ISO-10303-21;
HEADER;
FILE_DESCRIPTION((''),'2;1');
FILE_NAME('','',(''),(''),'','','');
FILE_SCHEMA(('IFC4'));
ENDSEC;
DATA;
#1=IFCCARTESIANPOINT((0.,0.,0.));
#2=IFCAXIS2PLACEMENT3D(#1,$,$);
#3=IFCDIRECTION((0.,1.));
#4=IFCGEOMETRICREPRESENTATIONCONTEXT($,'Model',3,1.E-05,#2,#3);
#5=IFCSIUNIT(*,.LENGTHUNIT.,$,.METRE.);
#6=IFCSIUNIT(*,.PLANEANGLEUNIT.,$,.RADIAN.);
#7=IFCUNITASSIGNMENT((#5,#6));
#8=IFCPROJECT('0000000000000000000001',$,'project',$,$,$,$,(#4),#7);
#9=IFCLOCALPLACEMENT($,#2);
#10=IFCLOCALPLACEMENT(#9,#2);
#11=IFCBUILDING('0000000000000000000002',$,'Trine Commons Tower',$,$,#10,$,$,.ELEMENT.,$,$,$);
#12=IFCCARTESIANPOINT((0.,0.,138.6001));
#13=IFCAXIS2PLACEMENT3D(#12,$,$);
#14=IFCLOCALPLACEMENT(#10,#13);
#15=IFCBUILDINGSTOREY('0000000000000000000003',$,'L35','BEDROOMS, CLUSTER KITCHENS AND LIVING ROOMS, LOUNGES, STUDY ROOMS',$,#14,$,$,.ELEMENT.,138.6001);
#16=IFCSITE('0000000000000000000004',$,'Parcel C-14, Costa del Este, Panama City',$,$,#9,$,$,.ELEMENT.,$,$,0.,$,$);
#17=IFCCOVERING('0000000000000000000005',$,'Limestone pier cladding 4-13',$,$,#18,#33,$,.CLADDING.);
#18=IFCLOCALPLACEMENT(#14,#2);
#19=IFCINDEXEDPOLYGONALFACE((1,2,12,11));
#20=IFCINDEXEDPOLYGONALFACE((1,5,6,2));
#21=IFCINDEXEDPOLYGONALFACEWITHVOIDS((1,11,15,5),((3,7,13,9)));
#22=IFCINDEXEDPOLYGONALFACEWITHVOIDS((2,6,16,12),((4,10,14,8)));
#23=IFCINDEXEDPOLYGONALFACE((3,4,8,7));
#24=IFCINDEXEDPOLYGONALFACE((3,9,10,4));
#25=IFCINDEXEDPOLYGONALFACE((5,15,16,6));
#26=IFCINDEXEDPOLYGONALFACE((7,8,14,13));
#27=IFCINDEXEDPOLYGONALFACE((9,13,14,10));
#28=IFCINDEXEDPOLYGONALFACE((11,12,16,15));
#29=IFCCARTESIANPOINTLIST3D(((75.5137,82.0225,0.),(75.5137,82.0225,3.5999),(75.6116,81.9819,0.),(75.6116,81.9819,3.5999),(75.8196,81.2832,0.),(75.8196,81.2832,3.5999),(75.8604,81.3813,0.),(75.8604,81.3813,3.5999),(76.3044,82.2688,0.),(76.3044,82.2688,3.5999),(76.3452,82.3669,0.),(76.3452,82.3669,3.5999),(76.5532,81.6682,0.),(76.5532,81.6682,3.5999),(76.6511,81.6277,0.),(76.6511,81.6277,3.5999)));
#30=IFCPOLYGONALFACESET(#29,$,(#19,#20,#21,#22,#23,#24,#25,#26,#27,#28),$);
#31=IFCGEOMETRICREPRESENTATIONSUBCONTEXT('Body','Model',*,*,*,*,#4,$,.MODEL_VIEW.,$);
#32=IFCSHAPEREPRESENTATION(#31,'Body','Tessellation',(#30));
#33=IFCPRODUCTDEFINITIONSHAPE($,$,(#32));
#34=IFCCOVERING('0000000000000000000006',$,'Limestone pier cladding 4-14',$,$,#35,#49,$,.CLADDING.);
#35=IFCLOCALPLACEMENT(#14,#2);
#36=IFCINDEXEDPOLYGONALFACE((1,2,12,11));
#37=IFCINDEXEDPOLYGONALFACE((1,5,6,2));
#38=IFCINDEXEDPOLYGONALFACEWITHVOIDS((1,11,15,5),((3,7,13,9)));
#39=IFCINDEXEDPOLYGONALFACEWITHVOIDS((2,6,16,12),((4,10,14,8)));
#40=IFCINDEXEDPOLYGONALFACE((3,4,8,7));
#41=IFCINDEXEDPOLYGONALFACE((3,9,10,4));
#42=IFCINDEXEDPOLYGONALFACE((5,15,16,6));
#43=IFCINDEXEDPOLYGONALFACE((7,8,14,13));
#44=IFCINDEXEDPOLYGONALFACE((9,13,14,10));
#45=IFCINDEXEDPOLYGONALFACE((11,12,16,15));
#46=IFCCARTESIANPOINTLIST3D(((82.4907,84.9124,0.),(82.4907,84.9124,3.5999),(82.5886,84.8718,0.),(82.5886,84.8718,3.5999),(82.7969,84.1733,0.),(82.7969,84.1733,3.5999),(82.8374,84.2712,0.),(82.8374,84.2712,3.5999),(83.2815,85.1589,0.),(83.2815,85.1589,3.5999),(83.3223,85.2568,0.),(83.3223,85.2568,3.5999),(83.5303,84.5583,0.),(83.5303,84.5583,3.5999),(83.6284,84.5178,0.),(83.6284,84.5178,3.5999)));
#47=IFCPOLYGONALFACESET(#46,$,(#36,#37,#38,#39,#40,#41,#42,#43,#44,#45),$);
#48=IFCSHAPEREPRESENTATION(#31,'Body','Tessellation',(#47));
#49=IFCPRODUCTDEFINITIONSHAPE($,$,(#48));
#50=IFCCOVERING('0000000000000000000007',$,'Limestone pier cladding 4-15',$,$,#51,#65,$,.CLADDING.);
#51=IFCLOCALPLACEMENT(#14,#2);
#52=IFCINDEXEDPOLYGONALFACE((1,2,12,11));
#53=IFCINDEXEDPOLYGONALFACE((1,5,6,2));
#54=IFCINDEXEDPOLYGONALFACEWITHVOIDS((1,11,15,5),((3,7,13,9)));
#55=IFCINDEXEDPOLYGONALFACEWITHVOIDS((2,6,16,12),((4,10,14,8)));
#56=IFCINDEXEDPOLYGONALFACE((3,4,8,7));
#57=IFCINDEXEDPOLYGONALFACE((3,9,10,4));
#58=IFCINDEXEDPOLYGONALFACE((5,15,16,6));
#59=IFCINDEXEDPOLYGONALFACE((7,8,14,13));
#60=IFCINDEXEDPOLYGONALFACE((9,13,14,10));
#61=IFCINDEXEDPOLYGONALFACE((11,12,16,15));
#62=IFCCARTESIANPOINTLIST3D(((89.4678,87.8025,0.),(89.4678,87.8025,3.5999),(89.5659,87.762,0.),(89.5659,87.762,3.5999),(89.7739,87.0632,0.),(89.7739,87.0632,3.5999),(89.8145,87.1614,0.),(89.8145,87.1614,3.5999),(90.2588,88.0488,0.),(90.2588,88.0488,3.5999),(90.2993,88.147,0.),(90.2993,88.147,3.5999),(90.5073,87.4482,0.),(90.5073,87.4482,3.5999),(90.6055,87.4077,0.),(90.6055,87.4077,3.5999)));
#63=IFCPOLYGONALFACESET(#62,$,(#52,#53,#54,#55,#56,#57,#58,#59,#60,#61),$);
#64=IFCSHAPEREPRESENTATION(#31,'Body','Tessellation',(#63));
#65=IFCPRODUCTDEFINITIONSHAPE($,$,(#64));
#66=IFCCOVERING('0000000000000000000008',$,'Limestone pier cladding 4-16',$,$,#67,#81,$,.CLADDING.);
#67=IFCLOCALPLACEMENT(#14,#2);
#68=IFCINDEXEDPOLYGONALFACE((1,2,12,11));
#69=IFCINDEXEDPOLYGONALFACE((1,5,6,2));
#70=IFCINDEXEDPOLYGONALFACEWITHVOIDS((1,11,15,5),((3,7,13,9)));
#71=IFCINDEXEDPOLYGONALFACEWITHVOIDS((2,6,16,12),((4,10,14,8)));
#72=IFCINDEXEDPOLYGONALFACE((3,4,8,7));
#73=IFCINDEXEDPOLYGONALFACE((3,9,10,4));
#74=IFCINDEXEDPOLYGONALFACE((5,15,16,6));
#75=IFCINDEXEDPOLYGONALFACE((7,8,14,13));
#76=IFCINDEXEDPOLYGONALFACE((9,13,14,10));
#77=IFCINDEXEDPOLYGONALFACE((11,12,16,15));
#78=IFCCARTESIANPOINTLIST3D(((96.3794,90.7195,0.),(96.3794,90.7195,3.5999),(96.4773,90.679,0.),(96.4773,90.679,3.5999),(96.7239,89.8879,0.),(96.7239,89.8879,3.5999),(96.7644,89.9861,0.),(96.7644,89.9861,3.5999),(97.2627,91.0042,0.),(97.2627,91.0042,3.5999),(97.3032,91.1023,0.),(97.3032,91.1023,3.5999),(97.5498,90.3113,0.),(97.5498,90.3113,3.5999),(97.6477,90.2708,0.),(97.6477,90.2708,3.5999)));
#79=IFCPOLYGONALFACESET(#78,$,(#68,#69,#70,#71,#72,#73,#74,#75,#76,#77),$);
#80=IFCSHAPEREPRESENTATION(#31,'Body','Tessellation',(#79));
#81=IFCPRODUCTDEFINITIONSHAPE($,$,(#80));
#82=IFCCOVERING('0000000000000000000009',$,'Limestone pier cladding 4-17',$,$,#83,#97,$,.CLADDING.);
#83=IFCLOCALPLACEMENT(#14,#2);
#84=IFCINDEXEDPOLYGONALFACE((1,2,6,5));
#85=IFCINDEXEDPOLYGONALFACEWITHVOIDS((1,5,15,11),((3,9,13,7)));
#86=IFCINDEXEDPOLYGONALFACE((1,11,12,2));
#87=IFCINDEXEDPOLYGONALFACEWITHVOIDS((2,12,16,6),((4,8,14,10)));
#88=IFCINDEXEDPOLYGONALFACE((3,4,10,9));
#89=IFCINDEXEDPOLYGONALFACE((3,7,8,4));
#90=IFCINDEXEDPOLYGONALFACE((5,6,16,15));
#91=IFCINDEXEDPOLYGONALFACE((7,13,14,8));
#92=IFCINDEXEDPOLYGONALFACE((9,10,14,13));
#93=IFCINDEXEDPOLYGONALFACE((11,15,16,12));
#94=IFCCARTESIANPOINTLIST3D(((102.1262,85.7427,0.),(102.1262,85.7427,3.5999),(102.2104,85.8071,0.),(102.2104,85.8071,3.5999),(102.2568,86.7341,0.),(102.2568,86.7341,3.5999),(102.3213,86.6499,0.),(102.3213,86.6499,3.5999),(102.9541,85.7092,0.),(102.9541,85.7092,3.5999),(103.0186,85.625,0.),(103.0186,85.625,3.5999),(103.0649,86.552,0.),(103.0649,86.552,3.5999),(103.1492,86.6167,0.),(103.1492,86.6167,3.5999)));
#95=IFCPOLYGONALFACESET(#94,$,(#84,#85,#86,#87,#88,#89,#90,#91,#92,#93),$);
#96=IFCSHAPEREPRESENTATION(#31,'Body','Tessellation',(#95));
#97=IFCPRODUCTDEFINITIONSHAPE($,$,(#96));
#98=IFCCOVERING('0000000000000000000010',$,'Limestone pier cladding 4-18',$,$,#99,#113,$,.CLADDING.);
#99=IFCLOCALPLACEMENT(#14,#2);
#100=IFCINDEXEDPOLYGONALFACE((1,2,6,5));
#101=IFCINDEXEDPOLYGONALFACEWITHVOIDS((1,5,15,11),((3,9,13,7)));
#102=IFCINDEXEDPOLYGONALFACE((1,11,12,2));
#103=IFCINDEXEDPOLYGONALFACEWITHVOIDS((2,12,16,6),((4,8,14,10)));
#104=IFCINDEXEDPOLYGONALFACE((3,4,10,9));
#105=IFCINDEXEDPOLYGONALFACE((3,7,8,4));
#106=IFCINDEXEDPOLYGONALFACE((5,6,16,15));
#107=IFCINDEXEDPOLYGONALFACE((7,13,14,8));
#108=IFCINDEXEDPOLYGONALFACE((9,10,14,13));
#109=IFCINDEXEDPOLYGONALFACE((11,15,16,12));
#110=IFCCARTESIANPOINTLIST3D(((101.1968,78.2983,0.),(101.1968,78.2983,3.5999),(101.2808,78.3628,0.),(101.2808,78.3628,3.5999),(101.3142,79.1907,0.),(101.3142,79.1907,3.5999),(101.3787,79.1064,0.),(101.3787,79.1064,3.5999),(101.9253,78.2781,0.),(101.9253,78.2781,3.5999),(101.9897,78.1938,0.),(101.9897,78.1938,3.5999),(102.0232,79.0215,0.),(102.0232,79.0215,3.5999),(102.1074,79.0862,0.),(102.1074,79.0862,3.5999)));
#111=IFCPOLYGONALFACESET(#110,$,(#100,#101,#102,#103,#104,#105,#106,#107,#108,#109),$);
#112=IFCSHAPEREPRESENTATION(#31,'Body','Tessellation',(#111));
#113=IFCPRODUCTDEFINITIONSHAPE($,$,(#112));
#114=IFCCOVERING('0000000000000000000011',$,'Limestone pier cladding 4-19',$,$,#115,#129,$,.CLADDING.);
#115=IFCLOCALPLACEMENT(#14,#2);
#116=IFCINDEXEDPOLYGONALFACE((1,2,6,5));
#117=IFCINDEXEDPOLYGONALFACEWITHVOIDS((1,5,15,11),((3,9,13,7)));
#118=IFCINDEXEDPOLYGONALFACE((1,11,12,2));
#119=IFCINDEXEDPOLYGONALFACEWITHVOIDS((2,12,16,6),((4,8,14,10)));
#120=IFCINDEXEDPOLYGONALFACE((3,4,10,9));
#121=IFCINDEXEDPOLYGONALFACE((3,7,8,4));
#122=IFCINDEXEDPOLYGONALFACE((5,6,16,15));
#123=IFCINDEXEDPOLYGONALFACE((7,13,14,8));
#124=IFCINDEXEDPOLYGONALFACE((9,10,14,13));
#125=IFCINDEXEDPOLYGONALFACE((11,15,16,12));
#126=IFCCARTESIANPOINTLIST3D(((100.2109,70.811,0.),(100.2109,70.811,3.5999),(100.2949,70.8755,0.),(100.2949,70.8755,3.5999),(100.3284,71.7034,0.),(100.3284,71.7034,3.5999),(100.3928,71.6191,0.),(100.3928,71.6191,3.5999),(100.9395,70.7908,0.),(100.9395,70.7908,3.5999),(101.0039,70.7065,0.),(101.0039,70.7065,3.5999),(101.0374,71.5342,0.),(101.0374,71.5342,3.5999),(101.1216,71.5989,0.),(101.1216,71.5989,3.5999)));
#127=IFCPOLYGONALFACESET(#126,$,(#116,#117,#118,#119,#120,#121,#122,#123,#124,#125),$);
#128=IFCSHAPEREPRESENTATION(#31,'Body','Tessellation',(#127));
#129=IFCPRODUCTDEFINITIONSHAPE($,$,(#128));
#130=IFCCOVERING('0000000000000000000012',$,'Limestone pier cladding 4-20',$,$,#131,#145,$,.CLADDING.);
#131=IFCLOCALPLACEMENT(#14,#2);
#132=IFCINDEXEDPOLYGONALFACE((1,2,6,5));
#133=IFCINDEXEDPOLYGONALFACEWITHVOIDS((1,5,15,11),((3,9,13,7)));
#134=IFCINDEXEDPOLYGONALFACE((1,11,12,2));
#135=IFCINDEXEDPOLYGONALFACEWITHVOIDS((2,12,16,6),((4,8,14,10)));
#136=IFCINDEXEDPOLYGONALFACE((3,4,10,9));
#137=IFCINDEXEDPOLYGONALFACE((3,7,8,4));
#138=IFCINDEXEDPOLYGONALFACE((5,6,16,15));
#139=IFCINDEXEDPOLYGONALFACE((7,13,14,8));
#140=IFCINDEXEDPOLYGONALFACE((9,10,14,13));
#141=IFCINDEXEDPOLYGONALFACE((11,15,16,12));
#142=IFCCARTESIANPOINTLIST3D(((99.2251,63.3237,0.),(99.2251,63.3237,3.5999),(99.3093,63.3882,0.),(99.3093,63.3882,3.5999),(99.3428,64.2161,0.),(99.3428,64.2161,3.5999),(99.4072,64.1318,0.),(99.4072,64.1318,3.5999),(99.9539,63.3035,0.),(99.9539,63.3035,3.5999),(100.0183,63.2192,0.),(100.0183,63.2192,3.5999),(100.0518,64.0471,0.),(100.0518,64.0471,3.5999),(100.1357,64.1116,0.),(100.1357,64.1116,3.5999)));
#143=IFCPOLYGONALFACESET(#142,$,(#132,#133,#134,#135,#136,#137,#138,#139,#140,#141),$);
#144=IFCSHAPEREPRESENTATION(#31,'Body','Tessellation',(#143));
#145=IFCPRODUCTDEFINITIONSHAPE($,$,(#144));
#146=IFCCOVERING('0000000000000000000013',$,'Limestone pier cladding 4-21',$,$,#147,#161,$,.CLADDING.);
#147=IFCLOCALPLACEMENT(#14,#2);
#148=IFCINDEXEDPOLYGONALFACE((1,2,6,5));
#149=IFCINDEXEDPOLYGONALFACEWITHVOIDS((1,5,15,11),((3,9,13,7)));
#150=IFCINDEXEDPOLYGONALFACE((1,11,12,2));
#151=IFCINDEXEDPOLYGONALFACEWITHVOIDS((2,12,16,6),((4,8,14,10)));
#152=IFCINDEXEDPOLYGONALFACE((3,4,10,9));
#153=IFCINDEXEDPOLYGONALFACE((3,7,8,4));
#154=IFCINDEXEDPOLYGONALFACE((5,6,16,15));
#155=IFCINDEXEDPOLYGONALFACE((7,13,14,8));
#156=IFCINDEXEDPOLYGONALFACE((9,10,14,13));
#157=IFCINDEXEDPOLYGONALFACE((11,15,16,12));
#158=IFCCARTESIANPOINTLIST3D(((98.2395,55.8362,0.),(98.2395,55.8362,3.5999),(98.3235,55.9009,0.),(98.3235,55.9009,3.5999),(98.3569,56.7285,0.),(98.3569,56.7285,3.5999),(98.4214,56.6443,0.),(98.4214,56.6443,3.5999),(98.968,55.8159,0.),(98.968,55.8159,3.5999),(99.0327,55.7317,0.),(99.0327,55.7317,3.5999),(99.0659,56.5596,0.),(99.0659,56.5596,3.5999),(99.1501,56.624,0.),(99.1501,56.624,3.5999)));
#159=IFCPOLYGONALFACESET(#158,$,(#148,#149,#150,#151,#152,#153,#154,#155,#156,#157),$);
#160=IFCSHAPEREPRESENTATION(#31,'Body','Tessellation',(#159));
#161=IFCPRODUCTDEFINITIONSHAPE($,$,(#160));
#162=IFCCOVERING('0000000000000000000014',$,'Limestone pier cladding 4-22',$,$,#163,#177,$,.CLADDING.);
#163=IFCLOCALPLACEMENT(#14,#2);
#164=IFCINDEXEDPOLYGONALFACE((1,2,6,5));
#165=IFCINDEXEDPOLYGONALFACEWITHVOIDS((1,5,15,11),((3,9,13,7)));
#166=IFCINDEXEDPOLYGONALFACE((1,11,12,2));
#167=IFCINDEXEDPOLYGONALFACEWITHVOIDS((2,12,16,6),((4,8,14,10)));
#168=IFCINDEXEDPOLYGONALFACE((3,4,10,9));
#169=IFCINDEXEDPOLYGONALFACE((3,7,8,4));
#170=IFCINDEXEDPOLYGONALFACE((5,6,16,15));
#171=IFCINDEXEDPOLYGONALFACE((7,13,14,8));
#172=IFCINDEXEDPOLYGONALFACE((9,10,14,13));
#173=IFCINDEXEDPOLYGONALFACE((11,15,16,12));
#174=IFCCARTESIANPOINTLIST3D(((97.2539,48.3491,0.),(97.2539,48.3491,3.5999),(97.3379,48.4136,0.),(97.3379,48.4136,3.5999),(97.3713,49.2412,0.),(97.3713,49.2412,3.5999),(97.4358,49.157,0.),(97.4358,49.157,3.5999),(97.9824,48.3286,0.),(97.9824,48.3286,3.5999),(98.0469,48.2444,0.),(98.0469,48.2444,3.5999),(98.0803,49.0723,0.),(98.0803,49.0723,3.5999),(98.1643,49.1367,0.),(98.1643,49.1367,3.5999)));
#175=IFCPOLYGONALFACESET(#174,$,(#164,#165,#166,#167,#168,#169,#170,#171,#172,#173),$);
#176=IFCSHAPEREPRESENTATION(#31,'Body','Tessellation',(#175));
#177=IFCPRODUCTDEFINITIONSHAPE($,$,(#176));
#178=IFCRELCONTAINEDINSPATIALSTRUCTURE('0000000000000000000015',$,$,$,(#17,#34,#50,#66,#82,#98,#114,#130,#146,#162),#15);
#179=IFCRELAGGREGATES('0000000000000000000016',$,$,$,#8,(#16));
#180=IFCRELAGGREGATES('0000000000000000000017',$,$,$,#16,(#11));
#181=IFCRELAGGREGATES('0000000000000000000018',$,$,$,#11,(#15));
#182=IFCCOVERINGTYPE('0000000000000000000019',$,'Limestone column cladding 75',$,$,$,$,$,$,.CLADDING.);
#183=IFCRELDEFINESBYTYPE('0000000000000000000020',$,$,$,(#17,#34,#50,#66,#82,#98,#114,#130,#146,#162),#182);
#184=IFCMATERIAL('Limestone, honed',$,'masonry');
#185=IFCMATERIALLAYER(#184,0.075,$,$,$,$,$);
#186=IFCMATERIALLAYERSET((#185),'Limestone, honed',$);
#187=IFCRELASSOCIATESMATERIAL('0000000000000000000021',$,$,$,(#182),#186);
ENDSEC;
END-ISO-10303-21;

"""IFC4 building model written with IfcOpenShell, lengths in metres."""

from ifc_helpers import new_model, si_unit, direction, frame, origin, place, context, subcontext, project, spatial, polyline, outline, extrude, material, layer, layer_set, type_object, element, save


model = new_model("IFC4")

# Units and contexts
model_context = context("Model", 3, precision=1e-05, world=origin(), true_north=direction((0.0, 1.0)))
body_context = subcontext(model_context, "Body", "Model", "MODEL_VIEW")
ifc_project = project(units=[si_unit("LENGTHUNIT", "METRE"), si_unit("PLANEANGLEUNIT", "RADIAN")], contexts=[model_context])

# Site, building, storey
site_placement = place(None, origin())
site = spatial("IfcSite", under=ifc_project, at=site_placement, Name="Parcel C-14, Costa del Este, Panama City", CompositionType="ELEMENT", RefElevation=0.0)
building_placement = place(site_placement, origin())
building = spatial("IfcBuilding", under=site, at=building_placement, Name="Trine Commons Tower", CompositionType="ELEMENT")
storey_placement = place(building_placement, frame((0.0, 0.0, 138.6001)))
storey = spatial("IfcBuildingStorey", under=building, at=storey_placement, Name="L35", Description="BEDROOMS, CLUSTER KITCHENS AND LIVING ROOMS, LOUNGES, STUDY ROOMS", CompositionType="ELEMENT", Elevation=138.6001)

# Coverings
ifc_material_1 = material(Name="Limestone, honed", Category="masonry")
ifc_layer_1 = layer(ifc_material_1, 0.075)
ifc_layer_set_1 = layer_set([ifc_layer_1], Name="Limestone, honed")
covering_type_1 = type_object("IfcCoveringType", Name="Limestone column cladding 75", PredefinedType="CLADDING", material=ifc_layer_set_1)
covering_1_placement = place(storey_placement, origin())
element("IfcCovering", 1, at=covering_1_placement, inside=storey, type_object=covering_type_1, Name="Limestone pier cladding 4-13", PredefinedType="CLADDING", context=body_context, shape_type="SweptSolid", body=[
    extrude(outline(polyline([(76.6511, 81.6277), (76.3452, 82.3669), (75.5137, 82.0225), (75.8196, 81.2832), (76.6511, 81.6277)]), holes=[polyline([(76.5532, 81.6682), (76.3044, 82.2688), (75.6116, 81.9819), (75.8604, 81.3813), (76.5532, 81.6682)])]), origin(), (0.0, 0.0, 1.0), 3.5999),
])
covering_2_placement = place(storey_placement, origin())
element("IfcCovering", 2, at=covering_2_placement, inside=storey, type_object=covering_type_1, Name="Limestone pier cladding 4-14", PredefinedType="CLADDING", context=body_context, shape_type="SweptSolid", body=[
    extrude(outline(polyline([(83.6284, 84.5178), (83.3223, 85.2568), (82.4907, 84.9124), (82.7969, 84.1733), (83.6284, 84.5178)]), holes=[polyline([(83.5303, 84.5583), (83.2815, 85.1589), (82.5886, 84.8718), (82.8374, 84.2712), (83.5303, 84.5583)])]), origin(), (0.0, 0.0, 1.0), 3.5999),
])
covering_3_placement = place(storey_placement, origin())
element("IfcCovering", 3, at=covering_3_placement, inside=storey, type_object=covering_type_1, Name="Limestone pier cladding 4-15", PredefinedType="CLADDING", context=body_context, shape_type="SweptSolid", body=[
    extrude(outline(polyline([(90.6055, 87.4077), (90.2993, 88.147), (89.4678, 87.8025), (89.7739, 87.0632), (90.6055, 87.4077)]), holes=[polyline([(90.5073, 87.4482), (90.2588, 88.0488), (89.5659, 87.762), (89.8145, 87.1614), (90.5073, 87.4482)])]), origin(), (0.0, 0.0, 1.0), 3.5999),
])
covering_4_placement = place(storey_placement, origin())
element("IfcCovering", 4, at=covering_4_placement, inside=storey, type_object=covering_type_1, Name="Limestone pier cladding 4-16", PredefinedType="CLADDING", context=body_context, shape_type="SweptSolid", body=[
    extrude(outline(polyline([(97.6477, 90.2708), (97.3032, 91.1023), (96.3794, 90.7195), (96.7239, 89.8879), (97.6477, 90.2708)]), holes=[polyline([(97.5498, 90.3113), (97.2627, 91.0042), (96.4773, 90.679), (96.7644, 89.9861), (97.5498, 90.3113)])]), origin(), (0.0, 0.0, 1.0), 3.5999),
])
covering_5_placement = place(storey_placement, origin())
element("IfcCovering", 5, at=covering_5_placement, inside=storey, type_object=covering_type_1, Name="Limestone pier cladding 4-17", PredefinedType="CLADDING", context=body_context, shape_type="SweptSolid", body=[
    extrude(outline(polyline([(103.1492, 86.6167), (102.2568, 86.7341), (102.1262, 85.7427), (103.0186, 85.625), (103.1492, 86.6167)]), holes=[polyline([(103.0649, 86.552), (102.3213, 86.6499), (102.2104, 85.8071), (102.9541, 85.7092), (103.0649, 86.552)])]), origin(), (0.0, 0.0, 1.0), 3.5999),
])
covering_6_placement = place(storey_placement, origin())
element("IfcCovering", 6, at=covering_6_placement, inside=storey, type_object=covering_type_1, Name="Limestone pier cladding 4-18", PredefinedType="CLADDING", context=body_context, shape_type="SweptSolid", body=[
    extrude(outline(polyline([(102.1074, 79.0862), (101.3142, 79.1907), (101.1968, 78.2983), (101.9897, 78.1938), (102.1074, 79.0862)]), holes=[polyline([(102.0232, 79.0215), (101.3787, 79.1064), (101.2808, 78.3628), (101.9253, 78.2781), (102.0232, 79.0215)])]), origin(), (0.0, 0.0, 1.0), 3.5999),
])
covering_7_placement = place(storey_placement, origin())
element("IfcCovering", 7, at=covering_7_placement, inside=storey, type_object=covering_type_1, Name="Limestone pier cladding 4-19", PredefinedType="CLADDING", context=body_context, shape_type="SweptSolid", body=[
    extrude(outline(polyline([(101.1216, 71.5989), (100.3284, 71.7034), (100.2109, 70.811), (101.0039, 70.7065), (101.1216, 71.5989)]), holes=[polyline([(101.0374, 71.5342), (100.3928, 71.6191), (100.2949, 70.8755), (100.9395, 70.7908), (101.0374, 71.5342)])]), origin(), (0.0, 0.0, 1.0), 3.5999),
])
covering_8_placement = place(storey_placement, origin())
element("IfcCovering", 8, at=covering_8_placement, inside=storey, type_object=covering_type_1, Name="Limestone pier cladding 4-20", PredefinedType="CLADDING", context=body_context, shape_type="SweptSolid", body=[
    extrude(outline(polyline([(100.1357, 64.1116), (99.3428, 64.2161), (99.2251, 63.3237), (100.0183, 63.2192), (100.1357, 64.1116)]), holes=[polyline([(100.0518, 64.0471), (99.4072, 64.1318), (99.3093, 63.3882), (99.9539, 63.3035), (100.0518, 64.0471)])]), origin(), (0.0, 0.0, 1.0), 3.5999),
])
covering_9_placement = place(storey_placement, origin())
element("IfcCovering", 9, at=covering_9_placement, inside=storey, type_object=covering_type_1, Name="Limestone pier cladding 4-21", PredefinedType="CLADDING", context=body_context, shape_type="SweptSolid", body=[
    extrude(outline(polyline([(99.1501, 56.624), (98.3569, 56.7285), (98.2395, 55.8362), (99.0327, 55.7317), (99.1501, 56.624)]), holes=[polyline([(99.0659, 56.5596), (98.4214, 56.6443), (98.3235, 55.9009), (98.968, 55.8159), (99.0659, 56.5596)])]), origin(), (0.0, 0.0, 1.0), 3.5999),
])
covering_10_placement = place(storey_placement, origin())
element("IfcCovering", 10, at=covering_10_placement, inside=storey, type_object=covering_type_1, Name="Limestone pier cladding 4-22", PredefinedType="CLADDING", context=body_context, shape_type="SweptSolid", body=[
    extrude(outline(polyline([(98.1643, 49.1367), (97.3713, 49.2412), (97.2539, 48.3491), (98.0469, 48.2444), (98.1643, 49.1367)]), holes=[polyline([(98.0803, 49.0723), (97.4358, 49.157), (97.3379, 48.4136), (97.9824, 48.3286), (98.0803, 49.0723)])]), origin(), (0.0, 0.0, 1.0), 3.5999),
])

save(model, "model.ifc")
